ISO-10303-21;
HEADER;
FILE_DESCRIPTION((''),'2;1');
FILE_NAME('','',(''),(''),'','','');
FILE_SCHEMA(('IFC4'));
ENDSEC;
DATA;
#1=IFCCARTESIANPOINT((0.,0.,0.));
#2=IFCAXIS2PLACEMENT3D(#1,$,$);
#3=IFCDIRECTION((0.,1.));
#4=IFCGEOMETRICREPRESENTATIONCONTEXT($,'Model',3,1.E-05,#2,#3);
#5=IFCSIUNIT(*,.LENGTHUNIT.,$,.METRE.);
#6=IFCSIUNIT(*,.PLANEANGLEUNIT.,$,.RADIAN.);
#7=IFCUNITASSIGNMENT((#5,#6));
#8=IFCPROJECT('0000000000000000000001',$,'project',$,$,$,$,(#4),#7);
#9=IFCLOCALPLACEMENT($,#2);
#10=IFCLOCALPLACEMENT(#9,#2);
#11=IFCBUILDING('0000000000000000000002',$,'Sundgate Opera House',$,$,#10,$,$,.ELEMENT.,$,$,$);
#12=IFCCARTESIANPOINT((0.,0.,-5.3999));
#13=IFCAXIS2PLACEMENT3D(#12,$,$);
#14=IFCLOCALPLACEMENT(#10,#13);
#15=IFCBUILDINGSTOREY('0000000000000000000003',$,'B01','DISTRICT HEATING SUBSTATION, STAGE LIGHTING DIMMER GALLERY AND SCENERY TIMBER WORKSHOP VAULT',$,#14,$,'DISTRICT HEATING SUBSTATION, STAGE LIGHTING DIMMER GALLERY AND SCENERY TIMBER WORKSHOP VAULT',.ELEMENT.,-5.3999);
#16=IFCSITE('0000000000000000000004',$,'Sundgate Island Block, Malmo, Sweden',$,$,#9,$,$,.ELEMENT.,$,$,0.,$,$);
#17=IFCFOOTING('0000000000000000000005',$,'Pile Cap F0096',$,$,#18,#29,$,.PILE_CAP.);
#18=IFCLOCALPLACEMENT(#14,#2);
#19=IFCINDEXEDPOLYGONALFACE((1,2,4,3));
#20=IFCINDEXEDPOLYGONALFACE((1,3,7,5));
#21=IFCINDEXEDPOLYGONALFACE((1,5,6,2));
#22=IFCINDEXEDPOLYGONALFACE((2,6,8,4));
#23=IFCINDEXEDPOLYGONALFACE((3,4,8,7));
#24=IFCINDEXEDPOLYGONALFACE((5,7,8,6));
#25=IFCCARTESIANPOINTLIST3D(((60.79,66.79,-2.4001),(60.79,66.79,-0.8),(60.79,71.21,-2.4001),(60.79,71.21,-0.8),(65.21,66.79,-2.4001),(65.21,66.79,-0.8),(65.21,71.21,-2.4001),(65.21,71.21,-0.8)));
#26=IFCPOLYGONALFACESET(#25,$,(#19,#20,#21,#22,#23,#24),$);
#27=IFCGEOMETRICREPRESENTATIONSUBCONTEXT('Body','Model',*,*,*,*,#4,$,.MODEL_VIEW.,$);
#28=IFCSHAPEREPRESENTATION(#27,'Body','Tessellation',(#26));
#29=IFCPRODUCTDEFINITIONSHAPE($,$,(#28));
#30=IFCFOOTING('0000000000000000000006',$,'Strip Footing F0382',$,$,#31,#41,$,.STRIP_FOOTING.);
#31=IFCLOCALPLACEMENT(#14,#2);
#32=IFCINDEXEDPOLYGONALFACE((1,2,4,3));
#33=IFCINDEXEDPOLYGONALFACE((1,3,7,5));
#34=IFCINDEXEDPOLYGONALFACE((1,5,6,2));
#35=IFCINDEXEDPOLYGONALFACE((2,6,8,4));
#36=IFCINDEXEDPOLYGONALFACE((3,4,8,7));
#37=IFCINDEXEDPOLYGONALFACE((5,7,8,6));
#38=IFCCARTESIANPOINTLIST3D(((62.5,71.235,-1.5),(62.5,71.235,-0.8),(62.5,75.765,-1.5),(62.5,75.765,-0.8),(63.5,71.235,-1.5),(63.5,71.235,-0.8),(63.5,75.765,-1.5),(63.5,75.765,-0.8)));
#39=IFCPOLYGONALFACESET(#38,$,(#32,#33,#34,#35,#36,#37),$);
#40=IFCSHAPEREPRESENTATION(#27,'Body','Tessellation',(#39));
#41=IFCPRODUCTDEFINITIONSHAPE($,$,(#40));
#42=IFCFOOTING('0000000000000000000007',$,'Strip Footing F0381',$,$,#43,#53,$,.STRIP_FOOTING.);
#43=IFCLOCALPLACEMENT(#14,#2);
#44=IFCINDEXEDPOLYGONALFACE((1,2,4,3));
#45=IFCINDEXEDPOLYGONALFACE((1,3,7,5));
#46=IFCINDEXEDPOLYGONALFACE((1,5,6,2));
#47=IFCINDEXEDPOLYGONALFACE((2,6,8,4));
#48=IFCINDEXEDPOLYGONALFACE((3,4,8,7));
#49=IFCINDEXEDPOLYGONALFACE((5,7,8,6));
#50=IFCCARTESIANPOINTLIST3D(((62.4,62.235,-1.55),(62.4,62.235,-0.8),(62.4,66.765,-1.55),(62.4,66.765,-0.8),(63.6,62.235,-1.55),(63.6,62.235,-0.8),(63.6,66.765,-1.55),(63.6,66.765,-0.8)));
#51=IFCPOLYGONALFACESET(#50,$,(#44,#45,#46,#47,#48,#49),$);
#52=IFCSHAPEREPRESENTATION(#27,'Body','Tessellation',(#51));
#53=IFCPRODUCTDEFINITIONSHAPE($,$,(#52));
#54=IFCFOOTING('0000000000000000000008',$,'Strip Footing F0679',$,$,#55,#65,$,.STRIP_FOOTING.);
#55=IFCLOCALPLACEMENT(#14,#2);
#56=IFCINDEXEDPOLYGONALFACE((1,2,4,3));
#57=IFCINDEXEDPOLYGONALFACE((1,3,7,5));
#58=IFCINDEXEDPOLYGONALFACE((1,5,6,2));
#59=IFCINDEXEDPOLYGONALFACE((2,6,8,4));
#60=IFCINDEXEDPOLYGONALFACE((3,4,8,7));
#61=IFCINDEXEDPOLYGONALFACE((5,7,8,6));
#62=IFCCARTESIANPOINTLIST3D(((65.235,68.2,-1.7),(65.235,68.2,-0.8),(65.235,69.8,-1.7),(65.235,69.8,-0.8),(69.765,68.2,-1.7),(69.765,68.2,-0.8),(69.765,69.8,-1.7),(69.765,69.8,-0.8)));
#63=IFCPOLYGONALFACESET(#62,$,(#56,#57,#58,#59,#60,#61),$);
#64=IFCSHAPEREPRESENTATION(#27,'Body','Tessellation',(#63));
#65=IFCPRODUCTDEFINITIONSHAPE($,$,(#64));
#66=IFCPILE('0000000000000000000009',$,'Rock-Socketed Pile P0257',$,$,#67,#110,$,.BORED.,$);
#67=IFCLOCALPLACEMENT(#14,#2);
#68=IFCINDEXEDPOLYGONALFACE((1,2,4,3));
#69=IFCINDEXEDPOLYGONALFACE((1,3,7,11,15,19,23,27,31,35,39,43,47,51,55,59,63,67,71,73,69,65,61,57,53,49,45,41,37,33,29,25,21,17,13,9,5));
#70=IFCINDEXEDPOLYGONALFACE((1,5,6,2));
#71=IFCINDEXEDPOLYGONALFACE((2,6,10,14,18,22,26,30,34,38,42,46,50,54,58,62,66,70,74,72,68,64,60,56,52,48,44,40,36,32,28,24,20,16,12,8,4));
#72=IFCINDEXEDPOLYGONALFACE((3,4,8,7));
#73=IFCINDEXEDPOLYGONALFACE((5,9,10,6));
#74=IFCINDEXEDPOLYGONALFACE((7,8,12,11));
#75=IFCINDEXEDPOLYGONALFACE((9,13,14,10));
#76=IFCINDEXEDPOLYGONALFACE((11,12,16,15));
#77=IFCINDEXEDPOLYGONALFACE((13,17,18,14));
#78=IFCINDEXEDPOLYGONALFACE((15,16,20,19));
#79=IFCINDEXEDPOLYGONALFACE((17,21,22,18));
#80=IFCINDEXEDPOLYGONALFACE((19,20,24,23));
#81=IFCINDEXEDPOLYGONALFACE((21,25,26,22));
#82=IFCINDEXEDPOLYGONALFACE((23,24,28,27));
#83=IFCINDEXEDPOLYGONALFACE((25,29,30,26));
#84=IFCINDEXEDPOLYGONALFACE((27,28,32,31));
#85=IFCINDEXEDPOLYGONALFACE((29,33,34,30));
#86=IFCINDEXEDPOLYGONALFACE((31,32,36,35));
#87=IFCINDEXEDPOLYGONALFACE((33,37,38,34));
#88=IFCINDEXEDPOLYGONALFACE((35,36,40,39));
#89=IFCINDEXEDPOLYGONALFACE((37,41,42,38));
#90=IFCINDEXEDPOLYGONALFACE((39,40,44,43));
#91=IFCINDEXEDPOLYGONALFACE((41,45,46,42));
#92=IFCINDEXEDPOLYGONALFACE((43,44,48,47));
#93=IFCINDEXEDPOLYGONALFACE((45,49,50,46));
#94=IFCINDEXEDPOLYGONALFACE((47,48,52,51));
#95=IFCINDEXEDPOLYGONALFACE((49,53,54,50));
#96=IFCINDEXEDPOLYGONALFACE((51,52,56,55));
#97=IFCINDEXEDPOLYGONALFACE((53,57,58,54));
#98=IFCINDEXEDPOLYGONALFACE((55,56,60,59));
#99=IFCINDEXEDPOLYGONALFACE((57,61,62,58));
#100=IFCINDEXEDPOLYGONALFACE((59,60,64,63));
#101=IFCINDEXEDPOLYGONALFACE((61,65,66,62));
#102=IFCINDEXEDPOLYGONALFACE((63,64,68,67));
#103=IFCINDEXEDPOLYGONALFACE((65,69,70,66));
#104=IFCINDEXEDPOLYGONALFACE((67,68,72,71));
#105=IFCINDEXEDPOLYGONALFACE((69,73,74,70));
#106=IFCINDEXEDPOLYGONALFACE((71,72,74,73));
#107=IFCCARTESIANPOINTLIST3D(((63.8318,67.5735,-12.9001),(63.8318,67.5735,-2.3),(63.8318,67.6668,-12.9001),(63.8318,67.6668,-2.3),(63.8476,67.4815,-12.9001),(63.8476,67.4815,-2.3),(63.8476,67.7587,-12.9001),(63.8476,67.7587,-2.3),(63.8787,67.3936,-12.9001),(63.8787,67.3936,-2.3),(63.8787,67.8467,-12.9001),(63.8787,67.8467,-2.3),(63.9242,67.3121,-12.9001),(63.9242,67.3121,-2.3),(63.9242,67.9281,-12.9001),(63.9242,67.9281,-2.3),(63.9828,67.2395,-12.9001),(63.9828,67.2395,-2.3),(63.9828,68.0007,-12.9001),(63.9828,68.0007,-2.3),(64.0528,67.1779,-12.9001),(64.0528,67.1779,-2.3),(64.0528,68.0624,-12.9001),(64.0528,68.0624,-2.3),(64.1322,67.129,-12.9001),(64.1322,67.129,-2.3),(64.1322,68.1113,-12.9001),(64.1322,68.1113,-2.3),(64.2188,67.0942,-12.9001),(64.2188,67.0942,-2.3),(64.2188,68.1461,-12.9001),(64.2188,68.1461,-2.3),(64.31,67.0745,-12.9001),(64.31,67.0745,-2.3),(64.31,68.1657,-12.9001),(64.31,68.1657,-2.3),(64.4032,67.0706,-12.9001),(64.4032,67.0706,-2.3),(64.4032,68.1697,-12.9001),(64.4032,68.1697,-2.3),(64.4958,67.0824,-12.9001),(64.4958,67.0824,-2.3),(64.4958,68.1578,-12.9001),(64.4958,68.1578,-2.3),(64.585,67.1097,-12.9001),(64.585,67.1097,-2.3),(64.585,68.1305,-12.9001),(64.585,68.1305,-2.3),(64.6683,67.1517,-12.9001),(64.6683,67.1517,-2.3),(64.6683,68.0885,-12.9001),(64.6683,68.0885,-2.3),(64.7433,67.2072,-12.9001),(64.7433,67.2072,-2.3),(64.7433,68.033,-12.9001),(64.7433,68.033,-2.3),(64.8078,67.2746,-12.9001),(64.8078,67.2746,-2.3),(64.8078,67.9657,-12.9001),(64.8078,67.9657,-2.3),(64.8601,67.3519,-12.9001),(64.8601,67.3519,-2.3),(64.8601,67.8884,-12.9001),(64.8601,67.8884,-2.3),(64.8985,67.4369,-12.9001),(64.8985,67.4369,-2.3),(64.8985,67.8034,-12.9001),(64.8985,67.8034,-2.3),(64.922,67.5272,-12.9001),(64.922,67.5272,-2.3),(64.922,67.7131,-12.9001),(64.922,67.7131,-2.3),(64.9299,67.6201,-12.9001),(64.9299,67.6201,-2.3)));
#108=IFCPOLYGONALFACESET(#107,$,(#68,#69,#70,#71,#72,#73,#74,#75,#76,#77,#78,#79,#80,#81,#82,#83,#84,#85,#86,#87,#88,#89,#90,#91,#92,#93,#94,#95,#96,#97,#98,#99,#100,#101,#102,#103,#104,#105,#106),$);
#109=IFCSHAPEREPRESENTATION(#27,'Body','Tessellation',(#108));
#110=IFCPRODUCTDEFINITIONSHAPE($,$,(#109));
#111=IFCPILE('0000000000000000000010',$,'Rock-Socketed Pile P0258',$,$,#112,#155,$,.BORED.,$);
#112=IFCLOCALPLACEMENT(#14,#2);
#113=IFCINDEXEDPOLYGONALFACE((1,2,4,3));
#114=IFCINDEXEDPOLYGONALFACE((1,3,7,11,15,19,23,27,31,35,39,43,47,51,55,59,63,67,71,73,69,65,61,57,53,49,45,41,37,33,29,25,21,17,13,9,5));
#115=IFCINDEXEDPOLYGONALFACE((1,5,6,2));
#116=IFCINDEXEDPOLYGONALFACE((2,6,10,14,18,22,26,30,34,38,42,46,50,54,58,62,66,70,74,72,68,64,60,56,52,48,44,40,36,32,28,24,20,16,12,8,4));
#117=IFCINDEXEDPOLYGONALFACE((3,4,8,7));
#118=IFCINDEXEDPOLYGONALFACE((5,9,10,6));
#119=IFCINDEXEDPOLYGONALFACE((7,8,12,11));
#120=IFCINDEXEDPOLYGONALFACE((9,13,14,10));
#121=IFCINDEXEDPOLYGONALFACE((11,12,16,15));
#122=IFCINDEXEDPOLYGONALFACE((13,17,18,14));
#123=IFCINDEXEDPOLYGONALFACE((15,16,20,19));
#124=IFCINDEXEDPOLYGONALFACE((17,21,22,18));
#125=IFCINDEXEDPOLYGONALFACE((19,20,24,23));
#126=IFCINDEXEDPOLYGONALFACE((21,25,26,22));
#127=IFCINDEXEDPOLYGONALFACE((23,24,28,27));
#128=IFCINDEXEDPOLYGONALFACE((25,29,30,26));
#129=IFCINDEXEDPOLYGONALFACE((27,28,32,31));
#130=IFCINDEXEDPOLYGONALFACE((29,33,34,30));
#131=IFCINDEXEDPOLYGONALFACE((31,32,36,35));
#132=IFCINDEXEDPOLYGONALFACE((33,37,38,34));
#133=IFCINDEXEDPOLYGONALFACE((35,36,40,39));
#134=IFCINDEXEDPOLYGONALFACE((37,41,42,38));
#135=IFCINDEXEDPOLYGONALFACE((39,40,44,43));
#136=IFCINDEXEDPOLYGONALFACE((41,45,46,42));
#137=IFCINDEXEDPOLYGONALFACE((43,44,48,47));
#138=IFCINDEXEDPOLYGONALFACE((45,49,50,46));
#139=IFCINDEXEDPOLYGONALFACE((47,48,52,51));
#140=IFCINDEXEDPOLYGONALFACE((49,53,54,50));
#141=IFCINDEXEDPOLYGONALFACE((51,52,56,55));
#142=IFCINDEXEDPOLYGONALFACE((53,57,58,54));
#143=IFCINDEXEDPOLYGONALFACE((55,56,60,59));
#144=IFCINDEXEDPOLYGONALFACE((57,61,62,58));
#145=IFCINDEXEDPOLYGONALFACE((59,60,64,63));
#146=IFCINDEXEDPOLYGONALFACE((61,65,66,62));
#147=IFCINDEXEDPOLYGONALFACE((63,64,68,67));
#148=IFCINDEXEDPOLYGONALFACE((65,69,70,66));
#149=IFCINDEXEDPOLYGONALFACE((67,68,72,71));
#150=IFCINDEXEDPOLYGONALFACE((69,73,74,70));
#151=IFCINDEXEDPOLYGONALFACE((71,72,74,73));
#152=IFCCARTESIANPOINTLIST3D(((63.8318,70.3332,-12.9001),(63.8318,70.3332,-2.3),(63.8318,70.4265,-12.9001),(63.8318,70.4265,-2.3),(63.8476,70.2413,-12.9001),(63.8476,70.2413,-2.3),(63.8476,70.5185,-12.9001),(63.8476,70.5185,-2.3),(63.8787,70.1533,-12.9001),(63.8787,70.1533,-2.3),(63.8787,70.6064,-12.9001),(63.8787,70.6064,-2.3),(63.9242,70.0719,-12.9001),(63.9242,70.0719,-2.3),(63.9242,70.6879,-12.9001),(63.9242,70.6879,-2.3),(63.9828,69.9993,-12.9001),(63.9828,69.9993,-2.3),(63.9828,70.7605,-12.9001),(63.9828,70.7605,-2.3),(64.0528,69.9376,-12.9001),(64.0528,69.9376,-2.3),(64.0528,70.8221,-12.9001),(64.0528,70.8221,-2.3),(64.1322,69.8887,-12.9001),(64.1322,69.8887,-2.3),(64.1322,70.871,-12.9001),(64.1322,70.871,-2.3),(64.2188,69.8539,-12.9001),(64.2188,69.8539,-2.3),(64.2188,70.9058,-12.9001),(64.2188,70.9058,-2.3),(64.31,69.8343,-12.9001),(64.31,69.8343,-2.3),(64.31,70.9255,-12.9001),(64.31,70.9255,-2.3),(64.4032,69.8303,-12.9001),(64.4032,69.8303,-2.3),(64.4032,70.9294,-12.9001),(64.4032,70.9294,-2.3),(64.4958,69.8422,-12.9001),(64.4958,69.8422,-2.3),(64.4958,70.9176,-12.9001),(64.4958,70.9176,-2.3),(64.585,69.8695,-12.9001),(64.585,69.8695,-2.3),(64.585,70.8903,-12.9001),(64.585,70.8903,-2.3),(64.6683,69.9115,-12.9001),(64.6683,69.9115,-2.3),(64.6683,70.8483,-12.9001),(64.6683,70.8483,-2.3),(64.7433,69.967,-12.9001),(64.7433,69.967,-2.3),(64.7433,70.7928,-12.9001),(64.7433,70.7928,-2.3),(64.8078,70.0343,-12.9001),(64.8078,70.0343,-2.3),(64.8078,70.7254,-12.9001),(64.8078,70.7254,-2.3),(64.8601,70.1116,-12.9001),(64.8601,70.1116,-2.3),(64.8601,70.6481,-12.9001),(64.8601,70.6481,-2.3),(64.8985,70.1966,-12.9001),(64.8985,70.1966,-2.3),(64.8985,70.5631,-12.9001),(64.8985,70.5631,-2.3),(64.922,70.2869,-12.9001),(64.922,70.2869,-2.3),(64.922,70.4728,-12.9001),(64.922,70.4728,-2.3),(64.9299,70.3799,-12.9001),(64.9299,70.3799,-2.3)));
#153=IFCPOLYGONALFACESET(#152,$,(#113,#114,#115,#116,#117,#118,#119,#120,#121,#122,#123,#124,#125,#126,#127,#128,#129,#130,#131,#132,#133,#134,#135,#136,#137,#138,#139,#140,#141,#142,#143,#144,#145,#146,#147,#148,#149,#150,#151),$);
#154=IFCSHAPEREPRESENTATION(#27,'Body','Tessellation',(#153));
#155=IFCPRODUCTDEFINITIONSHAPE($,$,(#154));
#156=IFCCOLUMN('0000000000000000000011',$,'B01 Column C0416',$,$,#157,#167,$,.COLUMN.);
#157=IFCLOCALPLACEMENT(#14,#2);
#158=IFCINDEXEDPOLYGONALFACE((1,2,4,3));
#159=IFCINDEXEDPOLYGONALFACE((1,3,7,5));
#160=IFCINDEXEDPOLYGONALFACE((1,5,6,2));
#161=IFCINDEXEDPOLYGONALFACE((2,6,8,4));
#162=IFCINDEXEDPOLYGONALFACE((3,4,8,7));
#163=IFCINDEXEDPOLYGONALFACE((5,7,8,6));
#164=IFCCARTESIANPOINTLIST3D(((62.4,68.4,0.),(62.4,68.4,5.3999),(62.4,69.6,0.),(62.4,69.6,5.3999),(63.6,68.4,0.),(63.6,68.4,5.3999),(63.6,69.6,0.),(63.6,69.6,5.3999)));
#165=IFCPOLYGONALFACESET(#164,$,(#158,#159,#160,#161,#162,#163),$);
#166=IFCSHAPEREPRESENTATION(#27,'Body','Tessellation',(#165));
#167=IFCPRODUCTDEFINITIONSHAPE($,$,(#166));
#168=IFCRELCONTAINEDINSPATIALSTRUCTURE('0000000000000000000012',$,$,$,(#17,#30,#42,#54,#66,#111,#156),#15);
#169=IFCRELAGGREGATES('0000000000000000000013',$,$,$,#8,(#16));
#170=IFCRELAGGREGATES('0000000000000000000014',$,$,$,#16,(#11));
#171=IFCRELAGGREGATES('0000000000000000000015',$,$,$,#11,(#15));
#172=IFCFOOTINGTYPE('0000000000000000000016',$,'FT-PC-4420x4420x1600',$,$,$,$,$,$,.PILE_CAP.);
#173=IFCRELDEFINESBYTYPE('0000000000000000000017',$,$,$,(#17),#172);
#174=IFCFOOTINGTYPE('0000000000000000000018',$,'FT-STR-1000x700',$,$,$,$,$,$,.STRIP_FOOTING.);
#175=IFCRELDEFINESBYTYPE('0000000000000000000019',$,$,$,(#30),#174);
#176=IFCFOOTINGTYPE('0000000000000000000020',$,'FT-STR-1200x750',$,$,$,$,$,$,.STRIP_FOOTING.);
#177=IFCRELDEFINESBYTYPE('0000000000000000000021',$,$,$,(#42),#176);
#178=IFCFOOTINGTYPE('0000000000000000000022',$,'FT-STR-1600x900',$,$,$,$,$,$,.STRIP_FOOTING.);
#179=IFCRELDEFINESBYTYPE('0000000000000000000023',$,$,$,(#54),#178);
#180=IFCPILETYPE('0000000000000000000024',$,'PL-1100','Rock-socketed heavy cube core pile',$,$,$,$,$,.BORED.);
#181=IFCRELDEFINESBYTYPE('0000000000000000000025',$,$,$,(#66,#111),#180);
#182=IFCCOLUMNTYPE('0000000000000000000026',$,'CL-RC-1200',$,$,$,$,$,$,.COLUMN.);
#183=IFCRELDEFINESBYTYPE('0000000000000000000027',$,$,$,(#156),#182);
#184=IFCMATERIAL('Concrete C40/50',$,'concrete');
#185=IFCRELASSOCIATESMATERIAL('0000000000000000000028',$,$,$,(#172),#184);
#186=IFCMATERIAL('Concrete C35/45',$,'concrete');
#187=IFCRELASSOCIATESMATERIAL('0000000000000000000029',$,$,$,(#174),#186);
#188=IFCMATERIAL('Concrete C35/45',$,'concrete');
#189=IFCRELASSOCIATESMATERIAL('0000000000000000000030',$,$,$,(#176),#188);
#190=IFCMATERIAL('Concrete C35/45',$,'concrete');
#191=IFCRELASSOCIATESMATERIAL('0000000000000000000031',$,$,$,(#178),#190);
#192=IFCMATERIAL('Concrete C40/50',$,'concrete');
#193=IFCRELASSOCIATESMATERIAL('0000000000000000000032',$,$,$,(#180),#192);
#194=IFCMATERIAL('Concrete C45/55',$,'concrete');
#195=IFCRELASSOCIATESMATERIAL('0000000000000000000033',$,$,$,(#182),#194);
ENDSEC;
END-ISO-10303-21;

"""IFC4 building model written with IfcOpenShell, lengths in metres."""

from ifc_helpers import new_model, si_unit, direction, frame, origin, origin_2d, place, context, subcontext, project, spatial, rectangle, circle, extrude, material, material_profile, profile_set, type_object, element, save


model = new_model("IFC4")

# Units and contexts
model_context = context("Model", 3, precision=1e-05, world=origin(), true_north=direction((0.0, 1.0)))
body_context = subcontext(model_context, "Body", "Model", "MODEL_VIEW")
ifc_project = project(units=[si_unit("LENGTHUNIT", "METRE"), si_unit("PLANEANGLEUNIT", "RADIAN")], contexts=[model_context])

# Site, building, storey
site_placement = place(None, origin())
site = spatial("IfcSite", under=ifc_project, at=site_placement, Name="Sundgate Island Block, Malmo, Sweden", CompositionType="ELEMENT", RefElevation=0.0)
building_placement = place(site_placement, origin())
building = spatial("IfcBuilding", under=site, at=building_placement, Name="Sundgate Opera House", CompositionType="ELEMENT")
storey_placement = place(building_placement, frame((0.0, 0.0, -5.3999)))
storey = spatial("IfcBuildingStorey", under=building, at=storey_placement, Name="B01", Description="DISTRICT HEATING SUBSTATION, STAGE LIGHTING DIMMER GALLERY AND SCENERY TIMBER WORKSHOP VAULT", LongName="DISTRICT HEATING SUBSTATION, STAGE LIGHTING DIMMER GALLERY AND SCENERY TIMBER WORKSHOP VAULT", CompositionType="ELEMENT", Elevation=-5.3999)

# Footings
ifc_material_1 = material(Name="Concrete C40/50", Category="concrete")
footing_type_1 = type_object("IfcFootingType", Name="FT-PC-4420x4420x1600", PredefinedType="PILE_CAP", material=ifc_material_1)
footing_1_placement = place(storey_placement, frame((63.0, 69.0, -2.4001), z_axis=(0.0, 0.0, 1.0), x_axis=(1.0, 0.0, 0.0)))
element("IfcFooting", 1, at=footing_1_placement, inside=storey, type_object=footing_type_1, Name="Pile Cap F0096", PredefinedType="PILE_CAP", context=body_context, shape_type="SweptSolid", body=[
    extrude(rectangle(XDim=4.4199, YDim=4.4199, at=origin_2d()), origin(), (0.0, 0.0, 1.0), 1.6001),
])
ifc_material_2 = material(Name="Concrete C35/45", Category="concrete")
footing_type_2 = type_object("IfcFootingType", Name="FT-STR-1000x700", PredefinedType="STRIP_FOOTING", material=ifc_material_2)
footing_2_placement = place(storey_placement, frame((63.0, 73.5, -1.5), z_axis=(0.0, 0.0, 1.0), x_axis=(1.0, 0.0, 0.0)))
element("IfcFooting", 2, at=footing_2_placement, inside=storey, type_object=footing_type_2, Name="Strip Footing F0382", PredefinedType="STRIP_FOOTING", context=body_context, shape_type="SweptSolid", body=[
    extrude(rectangle(XDim=1.0, YDim=4.53, at=origin_2d()), origin(), (0.0, 0.0, 1.0), 0.7),
])
ifc_material_3 = material(Name="Concrete C35/45", Category="concrete")
footing_type_3 = type_object("IfcFootingType", Name="FT-STR-1200x750", PredefinedType="STRIP_FOOTING", material=ifc_material_3)
footing_3_placement = place(storey_placement, frame((63.0, 64.5, -1.55), z_axis=(0.0, 0.0, 1.0), x_axis=(1.0, 0.0, 0.0)))
element("IfcFooting", 3, at=footing_3_placement, inside=storey, type_object=footing_type_3, Name="Strip Footing F0381", PredefinedType="STRIP_FOOTING", context=body_context, shape_type="SweptSolid", body=[
    extrude(rectangle(XDim=1.2, YDim=4.53, at=origin_2d()), origin(), (0.0, 0.0, 1.0), 0.75),
])
ifc_material_4 = material(Name="Concrete C35/45", Category="concrete")
footing_type_4 = type_object("IfcFootingType", Name="FT-STR-1600x900", PredefinedType="STRIP_FOOTING", material=ifc_material_4)
footing_4_placement = place(storey_placement, frame((67.5, 69.0, -1.7), z_axis=(0.0, 0.0, 1.0), x_axis=(1.0, 0.0, 0.0)))
element("IfcFooting", 4, at=footing_4_placement, inside=storey, type_object=footing_type_4, Name="Strip Footing F0679", PredefinedType="STRIP_FOOTING", context=body_context, shape_type="SweptSolid", body=[
    extrude(rectangle(XDim=4.53, YDim=1.6001, at=origin_2d()), origin(), (0.0, 0.0, 1.0), 0.8999),
])

# Piles
ifc_material_5 = material(Name="Concrete C40/50", Category="concrete")
ifc_material_profile_1 = material_profile(ifc_material_5, circle(Radius=0.55, at=origin_2d()), Name="PILE D1100")
ifc_profile_set_1 = profile_set([ifc_material_profile_1], Name="Concrete C40/50")
pile_type = type_object("IfcPileType", Name="PL-1100", Description="Rock-socketed heavy cube core pile", PredefinedType="BORED", material=ifc_profile_set_1)
for number, where, z_axis, x_axis, name in (
    (5, (64.3799, 67.6201, -2.3), (0.0, 0.0, -1.0), (1.0, 0.0, 0.0), "Rock-Socketed Pile P0257"),
    (6, (64.3799, 70.3799, -2.3), (0.0, 0.0, -1.0), (1.0, 0.0, 0.0), "Rock-Socketed Pile P0258"),
):
    element("IfcPile", number, at=place(storey_placement, frame(where, z_axis=z_axis, x_axis=x_axis)), inside=storey, type_object=pile_type, Name=name, PredefinedType="BORED", context=body_context, shape_type="SweptSolid", body=[
        extrude(circle(Radius=0.55, at=origin_2d()), origin(), (0.0, 0.0, 1.0), 10.6001),
    ])

# Column
ifc_material_6 = material(Name="Concrete C45/55", Category="concrete")
ifc_material_profile_2 = material_profile(ifc_material_6, rectangle(XDim=1.2, YDim=1.2, at=origin_2d()), Name="RC 1200x1200")
ifc_profile_set_2 = profile_set([ifc_material_profile_2], Name="Concrete C45/55")
column_type = type_object("IfcColumnType", Name="CL-RC-1200", PredefinedType="COLUMN", material=ifc_profile_set_2)
column_placement = place(storey_placement, frame((63.0, 69.0, 0.0), z_axis=(0.0, 0.0, 1.0), x_axis=(1.0, 0.0, 0.0)))
element("IfcColumn", 7, at=column_placement, inside=storey, type_object=column_type, Name="B01 Column C0416", PredefinedType="COLUMN", context=body_context, shape_type="SweptSolid", body=[
    extrude(rectangle(XDim=1.2, YDim=1.2, at=origin_2d()), origin(), (0.0, 0.0, 1.0), 5.3999),
])

save(model, "model.ifc")
